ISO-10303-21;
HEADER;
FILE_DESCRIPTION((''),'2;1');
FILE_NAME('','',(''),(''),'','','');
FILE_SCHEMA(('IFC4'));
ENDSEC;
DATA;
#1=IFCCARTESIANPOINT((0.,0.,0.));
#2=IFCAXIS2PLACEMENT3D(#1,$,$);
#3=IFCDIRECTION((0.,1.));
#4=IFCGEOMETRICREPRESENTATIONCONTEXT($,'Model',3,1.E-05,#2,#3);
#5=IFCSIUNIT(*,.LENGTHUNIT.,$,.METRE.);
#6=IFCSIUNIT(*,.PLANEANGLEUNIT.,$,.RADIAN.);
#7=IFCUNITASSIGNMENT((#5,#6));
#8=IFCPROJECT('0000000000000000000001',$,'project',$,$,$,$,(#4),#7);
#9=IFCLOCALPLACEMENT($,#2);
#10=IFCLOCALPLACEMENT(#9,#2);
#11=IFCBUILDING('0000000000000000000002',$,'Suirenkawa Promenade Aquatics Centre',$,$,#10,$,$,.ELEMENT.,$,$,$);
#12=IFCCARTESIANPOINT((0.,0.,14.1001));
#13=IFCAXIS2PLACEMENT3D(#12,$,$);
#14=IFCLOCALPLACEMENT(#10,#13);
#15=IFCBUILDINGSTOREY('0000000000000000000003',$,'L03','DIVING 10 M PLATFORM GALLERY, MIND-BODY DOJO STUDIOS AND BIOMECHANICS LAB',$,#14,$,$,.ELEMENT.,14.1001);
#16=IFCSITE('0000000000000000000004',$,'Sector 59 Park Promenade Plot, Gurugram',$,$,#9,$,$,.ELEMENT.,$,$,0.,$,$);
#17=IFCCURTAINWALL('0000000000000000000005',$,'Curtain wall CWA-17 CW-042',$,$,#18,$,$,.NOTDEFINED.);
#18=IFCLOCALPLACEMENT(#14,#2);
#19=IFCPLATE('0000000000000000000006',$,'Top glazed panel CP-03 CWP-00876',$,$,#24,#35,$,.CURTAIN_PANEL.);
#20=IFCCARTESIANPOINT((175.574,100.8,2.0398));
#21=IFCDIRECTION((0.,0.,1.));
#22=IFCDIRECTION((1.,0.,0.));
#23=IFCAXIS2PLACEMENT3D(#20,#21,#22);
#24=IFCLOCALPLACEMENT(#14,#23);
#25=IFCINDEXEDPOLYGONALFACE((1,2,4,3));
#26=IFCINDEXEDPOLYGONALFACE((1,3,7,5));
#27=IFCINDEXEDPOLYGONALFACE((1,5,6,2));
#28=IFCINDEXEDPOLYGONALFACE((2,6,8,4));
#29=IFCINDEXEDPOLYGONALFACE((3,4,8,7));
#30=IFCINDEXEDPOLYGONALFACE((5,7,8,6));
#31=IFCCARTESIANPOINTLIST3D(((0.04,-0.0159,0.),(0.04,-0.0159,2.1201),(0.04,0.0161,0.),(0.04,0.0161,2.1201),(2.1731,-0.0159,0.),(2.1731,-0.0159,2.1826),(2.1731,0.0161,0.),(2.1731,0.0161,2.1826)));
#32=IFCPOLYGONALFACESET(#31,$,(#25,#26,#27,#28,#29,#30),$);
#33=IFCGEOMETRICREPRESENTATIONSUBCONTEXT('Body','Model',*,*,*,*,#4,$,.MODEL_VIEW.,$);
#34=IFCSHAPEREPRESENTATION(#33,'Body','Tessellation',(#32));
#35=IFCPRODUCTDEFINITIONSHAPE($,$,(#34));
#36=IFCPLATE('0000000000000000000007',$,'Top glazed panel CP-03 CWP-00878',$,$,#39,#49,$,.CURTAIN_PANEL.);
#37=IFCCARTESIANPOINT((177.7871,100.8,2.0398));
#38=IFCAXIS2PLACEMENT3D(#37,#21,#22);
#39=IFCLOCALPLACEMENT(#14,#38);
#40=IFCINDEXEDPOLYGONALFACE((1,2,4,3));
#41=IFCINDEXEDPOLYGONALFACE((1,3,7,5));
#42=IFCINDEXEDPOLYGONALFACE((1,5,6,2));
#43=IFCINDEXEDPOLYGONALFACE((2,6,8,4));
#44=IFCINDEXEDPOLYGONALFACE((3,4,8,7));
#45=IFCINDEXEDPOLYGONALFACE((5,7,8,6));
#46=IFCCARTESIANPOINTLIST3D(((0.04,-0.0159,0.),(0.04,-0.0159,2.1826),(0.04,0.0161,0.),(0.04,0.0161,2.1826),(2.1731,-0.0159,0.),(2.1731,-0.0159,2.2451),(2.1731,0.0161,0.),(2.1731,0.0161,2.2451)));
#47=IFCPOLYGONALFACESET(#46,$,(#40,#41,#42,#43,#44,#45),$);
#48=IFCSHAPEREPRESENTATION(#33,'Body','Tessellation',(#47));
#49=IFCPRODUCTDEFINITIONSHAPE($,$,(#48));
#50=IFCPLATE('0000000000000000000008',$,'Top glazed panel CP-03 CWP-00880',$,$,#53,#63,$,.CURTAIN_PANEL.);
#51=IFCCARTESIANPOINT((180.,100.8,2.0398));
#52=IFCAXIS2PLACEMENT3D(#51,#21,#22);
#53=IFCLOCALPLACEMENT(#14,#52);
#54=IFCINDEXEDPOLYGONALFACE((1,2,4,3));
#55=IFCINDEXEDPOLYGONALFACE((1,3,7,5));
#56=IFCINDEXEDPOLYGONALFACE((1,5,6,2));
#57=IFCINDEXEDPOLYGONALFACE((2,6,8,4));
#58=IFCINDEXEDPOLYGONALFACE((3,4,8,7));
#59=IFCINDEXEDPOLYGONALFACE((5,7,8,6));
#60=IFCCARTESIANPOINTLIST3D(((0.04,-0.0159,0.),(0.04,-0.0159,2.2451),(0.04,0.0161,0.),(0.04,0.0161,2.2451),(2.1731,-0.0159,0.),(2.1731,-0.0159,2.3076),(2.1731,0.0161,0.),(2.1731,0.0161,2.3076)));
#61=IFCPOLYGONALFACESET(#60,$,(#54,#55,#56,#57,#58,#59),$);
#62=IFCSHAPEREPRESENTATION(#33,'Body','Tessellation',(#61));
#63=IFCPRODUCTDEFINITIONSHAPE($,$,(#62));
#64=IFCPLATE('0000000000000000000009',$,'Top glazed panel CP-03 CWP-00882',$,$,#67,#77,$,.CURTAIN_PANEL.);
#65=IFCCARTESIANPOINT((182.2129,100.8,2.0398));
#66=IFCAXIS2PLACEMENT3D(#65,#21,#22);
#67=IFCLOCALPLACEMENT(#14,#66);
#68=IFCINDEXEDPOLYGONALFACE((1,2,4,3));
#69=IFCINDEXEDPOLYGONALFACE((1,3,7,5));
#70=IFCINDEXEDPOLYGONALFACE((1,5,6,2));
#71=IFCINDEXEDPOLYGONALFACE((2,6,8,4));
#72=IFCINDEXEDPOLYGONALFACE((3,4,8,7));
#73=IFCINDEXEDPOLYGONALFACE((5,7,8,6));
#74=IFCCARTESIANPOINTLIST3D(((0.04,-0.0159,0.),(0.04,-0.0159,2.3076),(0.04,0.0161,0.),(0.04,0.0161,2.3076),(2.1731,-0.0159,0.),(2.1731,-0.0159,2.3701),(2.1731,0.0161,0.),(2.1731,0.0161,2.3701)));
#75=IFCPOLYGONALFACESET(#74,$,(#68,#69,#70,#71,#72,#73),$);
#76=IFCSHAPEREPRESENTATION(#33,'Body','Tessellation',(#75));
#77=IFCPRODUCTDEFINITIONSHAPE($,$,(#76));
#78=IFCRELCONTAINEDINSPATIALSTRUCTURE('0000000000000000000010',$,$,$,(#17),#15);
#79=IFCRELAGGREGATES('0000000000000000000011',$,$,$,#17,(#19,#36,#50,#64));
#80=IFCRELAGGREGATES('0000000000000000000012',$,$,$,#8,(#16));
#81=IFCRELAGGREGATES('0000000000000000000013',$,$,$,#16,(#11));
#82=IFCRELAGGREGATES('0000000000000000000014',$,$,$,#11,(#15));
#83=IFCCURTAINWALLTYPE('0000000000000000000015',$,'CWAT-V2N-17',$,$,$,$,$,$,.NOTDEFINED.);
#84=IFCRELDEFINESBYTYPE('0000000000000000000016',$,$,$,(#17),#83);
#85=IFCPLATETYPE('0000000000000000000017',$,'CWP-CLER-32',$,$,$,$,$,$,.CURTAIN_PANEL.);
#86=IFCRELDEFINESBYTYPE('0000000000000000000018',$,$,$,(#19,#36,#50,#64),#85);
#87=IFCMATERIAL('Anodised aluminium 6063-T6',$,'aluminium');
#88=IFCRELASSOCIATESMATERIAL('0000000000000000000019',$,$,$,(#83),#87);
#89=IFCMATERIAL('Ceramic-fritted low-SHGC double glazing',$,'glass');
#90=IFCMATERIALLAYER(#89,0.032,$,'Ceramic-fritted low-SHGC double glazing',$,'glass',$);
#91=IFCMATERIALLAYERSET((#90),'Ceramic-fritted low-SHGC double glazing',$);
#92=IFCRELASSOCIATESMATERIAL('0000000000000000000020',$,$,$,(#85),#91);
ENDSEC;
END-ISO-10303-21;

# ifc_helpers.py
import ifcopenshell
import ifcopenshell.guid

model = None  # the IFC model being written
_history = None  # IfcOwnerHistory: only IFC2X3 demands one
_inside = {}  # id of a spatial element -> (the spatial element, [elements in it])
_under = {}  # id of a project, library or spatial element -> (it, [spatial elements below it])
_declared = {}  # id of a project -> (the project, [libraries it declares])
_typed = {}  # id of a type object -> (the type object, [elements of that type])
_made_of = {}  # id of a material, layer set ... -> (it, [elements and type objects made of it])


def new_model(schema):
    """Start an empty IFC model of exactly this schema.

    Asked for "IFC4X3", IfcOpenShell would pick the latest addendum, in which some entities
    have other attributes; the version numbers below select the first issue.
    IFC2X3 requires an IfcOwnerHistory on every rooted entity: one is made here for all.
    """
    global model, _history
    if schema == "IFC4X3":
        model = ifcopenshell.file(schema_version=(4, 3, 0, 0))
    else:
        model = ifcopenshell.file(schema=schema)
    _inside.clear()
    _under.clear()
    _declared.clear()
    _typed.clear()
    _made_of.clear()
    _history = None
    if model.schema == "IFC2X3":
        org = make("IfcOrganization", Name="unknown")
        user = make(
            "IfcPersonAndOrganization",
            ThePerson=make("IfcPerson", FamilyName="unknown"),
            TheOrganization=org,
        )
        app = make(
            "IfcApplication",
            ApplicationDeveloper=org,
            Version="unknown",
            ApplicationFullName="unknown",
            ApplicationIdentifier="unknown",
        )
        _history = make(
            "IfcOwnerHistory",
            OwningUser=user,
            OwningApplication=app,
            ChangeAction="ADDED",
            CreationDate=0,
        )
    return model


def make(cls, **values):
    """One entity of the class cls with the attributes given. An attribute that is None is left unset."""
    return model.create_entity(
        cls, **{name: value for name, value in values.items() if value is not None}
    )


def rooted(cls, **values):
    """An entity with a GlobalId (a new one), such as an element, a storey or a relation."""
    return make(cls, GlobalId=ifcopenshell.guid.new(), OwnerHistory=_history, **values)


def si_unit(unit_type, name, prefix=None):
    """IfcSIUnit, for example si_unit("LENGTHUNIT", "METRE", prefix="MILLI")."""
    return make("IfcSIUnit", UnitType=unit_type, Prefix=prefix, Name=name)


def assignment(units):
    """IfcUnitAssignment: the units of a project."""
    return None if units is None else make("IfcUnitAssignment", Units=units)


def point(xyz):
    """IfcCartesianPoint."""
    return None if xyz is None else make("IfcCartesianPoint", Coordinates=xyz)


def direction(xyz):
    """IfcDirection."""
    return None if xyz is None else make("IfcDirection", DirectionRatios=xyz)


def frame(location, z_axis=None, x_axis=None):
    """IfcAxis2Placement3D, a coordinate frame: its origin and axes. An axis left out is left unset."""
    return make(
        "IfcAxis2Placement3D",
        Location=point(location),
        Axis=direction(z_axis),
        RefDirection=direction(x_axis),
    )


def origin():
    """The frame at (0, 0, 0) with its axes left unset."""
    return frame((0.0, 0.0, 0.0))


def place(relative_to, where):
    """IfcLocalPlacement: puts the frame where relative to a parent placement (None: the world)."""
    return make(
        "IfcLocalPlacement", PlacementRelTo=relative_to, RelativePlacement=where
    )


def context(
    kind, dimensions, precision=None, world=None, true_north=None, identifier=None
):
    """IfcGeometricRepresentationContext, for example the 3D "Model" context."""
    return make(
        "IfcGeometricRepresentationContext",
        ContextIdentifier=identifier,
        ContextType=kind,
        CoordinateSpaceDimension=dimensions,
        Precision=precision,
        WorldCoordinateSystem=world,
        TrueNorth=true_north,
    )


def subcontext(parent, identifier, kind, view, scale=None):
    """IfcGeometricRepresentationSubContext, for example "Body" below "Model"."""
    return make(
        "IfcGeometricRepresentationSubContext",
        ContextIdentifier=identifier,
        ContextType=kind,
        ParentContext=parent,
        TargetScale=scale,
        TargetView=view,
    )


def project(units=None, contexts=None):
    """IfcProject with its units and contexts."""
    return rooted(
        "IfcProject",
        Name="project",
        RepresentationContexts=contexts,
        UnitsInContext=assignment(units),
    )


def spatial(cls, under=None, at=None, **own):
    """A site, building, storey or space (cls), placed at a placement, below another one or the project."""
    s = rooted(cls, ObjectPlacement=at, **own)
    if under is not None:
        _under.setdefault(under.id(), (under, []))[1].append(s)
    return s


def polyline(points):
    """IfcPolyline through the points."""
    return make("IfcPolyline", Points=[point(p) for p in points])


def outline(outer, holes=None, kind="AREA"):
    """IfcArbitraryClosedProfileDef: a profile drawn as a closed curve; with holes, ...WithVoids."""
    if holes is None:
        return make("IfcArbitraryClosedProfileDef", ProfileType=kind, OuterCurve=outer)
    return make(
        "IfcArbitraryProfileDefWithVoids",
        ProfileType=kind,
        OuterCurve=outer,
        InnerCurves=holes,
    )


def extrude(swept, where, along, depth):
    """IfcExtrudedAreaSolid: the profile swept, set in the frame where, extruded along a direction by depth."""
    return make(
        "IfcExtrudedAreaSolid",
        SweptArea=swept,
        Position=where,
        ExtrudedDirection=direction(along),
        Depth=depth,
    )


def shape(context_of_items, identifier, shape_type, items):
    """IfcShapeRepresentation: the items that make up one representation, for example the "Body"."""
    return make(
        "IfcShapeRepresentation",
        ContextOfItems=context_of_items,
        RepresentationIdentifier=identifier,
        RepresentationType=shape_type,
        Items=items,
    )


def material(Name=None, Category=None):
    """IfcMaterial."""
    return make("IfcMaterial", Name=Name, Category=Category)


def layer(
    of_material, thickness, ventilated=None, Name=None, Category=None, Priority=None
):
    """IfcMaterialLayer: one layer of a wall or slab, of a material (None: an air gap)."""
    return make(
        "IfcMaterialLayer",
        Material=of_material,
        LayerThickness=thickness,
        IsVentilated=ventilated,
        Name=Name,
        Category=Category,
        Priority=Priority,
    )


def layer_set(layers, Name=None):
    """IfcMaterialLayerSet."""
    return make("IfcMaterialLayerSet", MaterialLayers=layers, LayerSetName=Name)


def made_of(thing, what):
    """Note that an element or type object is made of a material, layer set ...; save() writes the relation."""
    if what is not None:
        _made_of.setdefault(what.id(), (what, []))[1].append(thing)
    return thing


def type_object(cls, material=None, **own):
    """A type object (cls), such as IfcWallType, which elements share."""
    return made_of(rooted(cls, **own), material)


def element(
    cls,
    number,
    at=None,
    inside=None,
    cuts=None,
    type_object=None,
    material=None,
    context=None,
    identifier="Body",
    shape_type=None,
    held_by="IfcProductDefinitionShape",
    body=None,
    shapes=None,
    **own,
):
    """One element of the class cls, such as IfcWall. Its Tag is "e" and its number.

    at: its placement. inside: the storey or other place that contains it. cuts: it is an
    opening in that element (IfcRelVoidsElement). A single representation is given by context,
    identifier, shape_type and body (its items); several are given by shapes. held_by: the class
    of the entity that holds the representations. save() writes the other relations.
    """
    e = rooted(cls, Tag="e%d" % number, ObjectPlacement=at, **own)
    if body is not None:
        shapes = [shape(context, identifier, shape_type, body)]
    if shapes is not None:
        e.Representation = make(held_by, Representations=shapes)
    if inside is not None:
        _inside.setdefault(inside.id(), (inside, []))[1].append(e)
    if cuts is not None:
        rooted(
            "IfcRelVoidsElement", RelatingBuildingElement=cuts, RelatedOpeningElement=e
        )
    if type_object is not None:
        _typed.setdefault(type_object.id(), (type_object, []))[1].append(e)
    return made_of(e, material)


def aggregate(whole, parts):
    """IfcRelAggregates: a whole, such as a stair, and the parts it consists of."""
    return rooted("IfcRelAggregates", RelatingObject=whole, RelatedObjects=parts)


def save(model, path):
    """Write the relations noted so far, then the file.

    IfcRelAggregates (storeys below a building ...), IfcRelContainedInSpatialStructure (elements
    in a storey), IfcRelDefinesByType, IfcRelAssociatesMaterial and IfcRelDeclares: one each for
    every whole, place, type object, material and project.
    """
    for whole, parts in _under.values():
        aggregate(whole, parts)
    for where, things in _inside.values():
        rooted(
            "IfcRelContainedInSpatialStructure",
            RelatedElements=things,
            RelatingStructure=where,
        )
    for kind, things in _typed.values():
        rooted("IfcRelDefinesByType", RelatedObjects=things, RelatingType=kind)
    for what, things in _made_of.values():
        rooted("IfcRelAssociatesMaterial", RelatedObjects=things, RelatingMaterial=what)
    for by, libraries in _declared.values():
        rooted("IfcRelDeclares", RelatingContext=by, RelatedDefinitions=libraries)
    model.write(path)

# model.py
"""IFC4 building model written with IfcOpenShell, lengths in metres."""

from ifc_helpers import new_model, si_unit, direction, frame, origin, place, context, subcontext, project, spatial, polyline, outline, extrude, material, layer, layer_set, type_object, element, aggregate, save


model = new_model("IFC4")

# Units and contexts
model_context = context("Model", 3, precision=1e-05, world=origin(), true_north=direction((0.0, 1.0)))
body_context = subcontext(model_context, "Body", "Model", "MODEL_VIEW")
ifc_project = project(units=[si_unit("LENGTHUNIT", "METRE"), si_unit("PLANEANGLEUNIT", "RADIAN")], contexts=[model_context])

# Site, building, storey
site_placement = place(None, origin())
site = spatial("IfcSite", under=ifc_project, at=site_placement, Name="Sector 59 Park Promenade Plot, Gurugram", CompositionType="ELEMENT", RefElevation=0.0)
building_placement = place(site_placement, origin())
building = spatial("IfcBuilding", under=site, at=building_placement, Name="Suirenkawa Promenade Aquatics Centre", CompositionType="ELEMENT")
storey_placement = place(building_placement, frame((0.0, 0.0, 14.1001)))
storey = spatial("IfcBuildingStorey", under=building, at=storey_placement, Name="L03", Description="DIVING 10 M PLATFORM GALLERY, MIND-BODY DOJO STUDIOS AND BIOMECHANICS LAB", CompositionType="ELEMENT", Elevation=14.1001)

# Curtain wall, plates
ifc_material_1 = material(Name="Anodised aluminium 6063-T6", Category="aluminium")
curtain_wall_type = type_object("IfcCurtainWallType", Name="CWAT-V2N-17", PredefinedType="NOTDEFINED", material=ifc_material_1)
curtain_wall_placement = place(storey_placement, origin())
curtain_wall = element("IfcCurtainWall", 1, at=curtain_wall_placement, inside=storey, type_object=curtain_wall_type, Name="Curtain wall CWA-17 CW-042", PredefinedType="NOTDEFINED")
ifc_material_2 = material(Name="Ceramic-fritted low-SHGC double glazing", Category="glass")
ifc_layer = layer(ifc_material_2, 0.032, Name="Ceramic-fritted low-SHGC double glazing", Category="glass")
ifc_layer_set = layer_set([ifc_layer], Name="Ceramic-fritted low-SHGC double glazing")
plate_type = type_object("IfcPlateType", Name="CWP-CLER-32", PredefinedType="CURTAIN_PANEL", material=ifc_layer_set)
plate_1_placement = place(storey_placement, frame((175.574, 100.8, 2.0398), z_axis=(0.0, 0.0, 1.0), x_axis=(1.0, 0.0, 0.0)))
plate_1 = element("IfcPlate", 2, at=plate_1_placement, type_object=plate_type, Name="Top glazed panel CP-03 CWP-00876", PredefinedType="CURTAIN_PANEL", context=body_context, shape_type="SweptSolid", body=[
    extrude(outline(polyline([(0.04, 0.0), (2.1731, 0.0), (2.1731, 2.1826), (0.04, 2.1201), (0.04, 0.0)])), frame((0.0, 0.0161, 0.0), z_axis=(0.0, -1.0, 0.0), x_axis=(1.0, 0.0, 0.0)), (0.0, 0.0, 1.0), 0.032),
])
plate_2_placement = place(storey_placement, frame((177.7871, 100.8, 2.0398), z_axis=(0.0, 0.0, 1.0), x_axis=(1.0, 0.0, 0.0)))
plate_2 = element("IfcPlate", 3, at=plate_2_placement, type_object=plate_type, Name="Top glazed panel CP-03 CWP-00878", PredefinedType="CURTAIN_PANEL", context=body_context, shape_type="SweptSolid", body=[
    extrude(outline(polyline([(0.04, 0.0), (2.1731, 0.0), (2.1731, 2.2451), (0.04, 2.1826), (0.04, 0.0)])), frame((0.0, 0.0161, 0.0), z_axis=(0.0, -1.0, 0.0), x_axis=(1.0, 0.0, 0.0)), (0.0, 0.0, 1.0), 0.032),
])
plate_3_placement = place(storey_placement, frame((180.0, 100.8, 2.0398), z_axis=(0.0, 0.0, 1.0), x_axis=(1.0, 0.0, 0.0)))
plate_3 = element("IfcPlate", 4, at=plate_3_placement, type_object=plate_type, Name="Top glazed panel CP-03 CWP-00880", PredefinedType="CURTAIN_PANEL", context=body_context, shape_type="SweptSolid", body=[
    extrude(outline(polyline([(0.04, 0.0), (2.1731, 0.0), (2.1731, 2.3076), (0.04, 2.2451), (0.04, 0.0)])), frame((0.0, 0.0161, 0.0), z_axis=(0.0, -1.0, 0.0), x_axis=(1.0, 0.0, 0.0)), (0.0, 0.0, 1.0), 0.032),
])
plate_4_placement = place(storey_placement, frame((182.2129, 100.8, 2.0398), z_axis=(0.0, 0.0, 1.0), x_axis=(1.0, 0.0, 0.0)))
plate_4 = element("IfcPlate", 5, at=plate_4_placement, type_object=plate_type, Name="Top glazed panel CP-03 CWP-00882", PredefinedType="CURTAIN_PANEL", context=body_context, shape_type="SweptSolid", body=[
    extrude(outline(polyline([(0.04, 0.0), (2.1731, 0.0), (2.1731, 2.3701), (0.04, 2.3076), (0.04, 0.0)])), frame((0.0, 0.0161, 0.0), z_axis=(0.0, -1.0, 0.0), x_axis=(1.0, 0.0, 0.0)), (0.0, 0.0, 1.0), 0.032),
])
aggregate(curtain_wall, [plate_1, plate_2, plate_3, plate_4])

save(model, "model.ifc")
